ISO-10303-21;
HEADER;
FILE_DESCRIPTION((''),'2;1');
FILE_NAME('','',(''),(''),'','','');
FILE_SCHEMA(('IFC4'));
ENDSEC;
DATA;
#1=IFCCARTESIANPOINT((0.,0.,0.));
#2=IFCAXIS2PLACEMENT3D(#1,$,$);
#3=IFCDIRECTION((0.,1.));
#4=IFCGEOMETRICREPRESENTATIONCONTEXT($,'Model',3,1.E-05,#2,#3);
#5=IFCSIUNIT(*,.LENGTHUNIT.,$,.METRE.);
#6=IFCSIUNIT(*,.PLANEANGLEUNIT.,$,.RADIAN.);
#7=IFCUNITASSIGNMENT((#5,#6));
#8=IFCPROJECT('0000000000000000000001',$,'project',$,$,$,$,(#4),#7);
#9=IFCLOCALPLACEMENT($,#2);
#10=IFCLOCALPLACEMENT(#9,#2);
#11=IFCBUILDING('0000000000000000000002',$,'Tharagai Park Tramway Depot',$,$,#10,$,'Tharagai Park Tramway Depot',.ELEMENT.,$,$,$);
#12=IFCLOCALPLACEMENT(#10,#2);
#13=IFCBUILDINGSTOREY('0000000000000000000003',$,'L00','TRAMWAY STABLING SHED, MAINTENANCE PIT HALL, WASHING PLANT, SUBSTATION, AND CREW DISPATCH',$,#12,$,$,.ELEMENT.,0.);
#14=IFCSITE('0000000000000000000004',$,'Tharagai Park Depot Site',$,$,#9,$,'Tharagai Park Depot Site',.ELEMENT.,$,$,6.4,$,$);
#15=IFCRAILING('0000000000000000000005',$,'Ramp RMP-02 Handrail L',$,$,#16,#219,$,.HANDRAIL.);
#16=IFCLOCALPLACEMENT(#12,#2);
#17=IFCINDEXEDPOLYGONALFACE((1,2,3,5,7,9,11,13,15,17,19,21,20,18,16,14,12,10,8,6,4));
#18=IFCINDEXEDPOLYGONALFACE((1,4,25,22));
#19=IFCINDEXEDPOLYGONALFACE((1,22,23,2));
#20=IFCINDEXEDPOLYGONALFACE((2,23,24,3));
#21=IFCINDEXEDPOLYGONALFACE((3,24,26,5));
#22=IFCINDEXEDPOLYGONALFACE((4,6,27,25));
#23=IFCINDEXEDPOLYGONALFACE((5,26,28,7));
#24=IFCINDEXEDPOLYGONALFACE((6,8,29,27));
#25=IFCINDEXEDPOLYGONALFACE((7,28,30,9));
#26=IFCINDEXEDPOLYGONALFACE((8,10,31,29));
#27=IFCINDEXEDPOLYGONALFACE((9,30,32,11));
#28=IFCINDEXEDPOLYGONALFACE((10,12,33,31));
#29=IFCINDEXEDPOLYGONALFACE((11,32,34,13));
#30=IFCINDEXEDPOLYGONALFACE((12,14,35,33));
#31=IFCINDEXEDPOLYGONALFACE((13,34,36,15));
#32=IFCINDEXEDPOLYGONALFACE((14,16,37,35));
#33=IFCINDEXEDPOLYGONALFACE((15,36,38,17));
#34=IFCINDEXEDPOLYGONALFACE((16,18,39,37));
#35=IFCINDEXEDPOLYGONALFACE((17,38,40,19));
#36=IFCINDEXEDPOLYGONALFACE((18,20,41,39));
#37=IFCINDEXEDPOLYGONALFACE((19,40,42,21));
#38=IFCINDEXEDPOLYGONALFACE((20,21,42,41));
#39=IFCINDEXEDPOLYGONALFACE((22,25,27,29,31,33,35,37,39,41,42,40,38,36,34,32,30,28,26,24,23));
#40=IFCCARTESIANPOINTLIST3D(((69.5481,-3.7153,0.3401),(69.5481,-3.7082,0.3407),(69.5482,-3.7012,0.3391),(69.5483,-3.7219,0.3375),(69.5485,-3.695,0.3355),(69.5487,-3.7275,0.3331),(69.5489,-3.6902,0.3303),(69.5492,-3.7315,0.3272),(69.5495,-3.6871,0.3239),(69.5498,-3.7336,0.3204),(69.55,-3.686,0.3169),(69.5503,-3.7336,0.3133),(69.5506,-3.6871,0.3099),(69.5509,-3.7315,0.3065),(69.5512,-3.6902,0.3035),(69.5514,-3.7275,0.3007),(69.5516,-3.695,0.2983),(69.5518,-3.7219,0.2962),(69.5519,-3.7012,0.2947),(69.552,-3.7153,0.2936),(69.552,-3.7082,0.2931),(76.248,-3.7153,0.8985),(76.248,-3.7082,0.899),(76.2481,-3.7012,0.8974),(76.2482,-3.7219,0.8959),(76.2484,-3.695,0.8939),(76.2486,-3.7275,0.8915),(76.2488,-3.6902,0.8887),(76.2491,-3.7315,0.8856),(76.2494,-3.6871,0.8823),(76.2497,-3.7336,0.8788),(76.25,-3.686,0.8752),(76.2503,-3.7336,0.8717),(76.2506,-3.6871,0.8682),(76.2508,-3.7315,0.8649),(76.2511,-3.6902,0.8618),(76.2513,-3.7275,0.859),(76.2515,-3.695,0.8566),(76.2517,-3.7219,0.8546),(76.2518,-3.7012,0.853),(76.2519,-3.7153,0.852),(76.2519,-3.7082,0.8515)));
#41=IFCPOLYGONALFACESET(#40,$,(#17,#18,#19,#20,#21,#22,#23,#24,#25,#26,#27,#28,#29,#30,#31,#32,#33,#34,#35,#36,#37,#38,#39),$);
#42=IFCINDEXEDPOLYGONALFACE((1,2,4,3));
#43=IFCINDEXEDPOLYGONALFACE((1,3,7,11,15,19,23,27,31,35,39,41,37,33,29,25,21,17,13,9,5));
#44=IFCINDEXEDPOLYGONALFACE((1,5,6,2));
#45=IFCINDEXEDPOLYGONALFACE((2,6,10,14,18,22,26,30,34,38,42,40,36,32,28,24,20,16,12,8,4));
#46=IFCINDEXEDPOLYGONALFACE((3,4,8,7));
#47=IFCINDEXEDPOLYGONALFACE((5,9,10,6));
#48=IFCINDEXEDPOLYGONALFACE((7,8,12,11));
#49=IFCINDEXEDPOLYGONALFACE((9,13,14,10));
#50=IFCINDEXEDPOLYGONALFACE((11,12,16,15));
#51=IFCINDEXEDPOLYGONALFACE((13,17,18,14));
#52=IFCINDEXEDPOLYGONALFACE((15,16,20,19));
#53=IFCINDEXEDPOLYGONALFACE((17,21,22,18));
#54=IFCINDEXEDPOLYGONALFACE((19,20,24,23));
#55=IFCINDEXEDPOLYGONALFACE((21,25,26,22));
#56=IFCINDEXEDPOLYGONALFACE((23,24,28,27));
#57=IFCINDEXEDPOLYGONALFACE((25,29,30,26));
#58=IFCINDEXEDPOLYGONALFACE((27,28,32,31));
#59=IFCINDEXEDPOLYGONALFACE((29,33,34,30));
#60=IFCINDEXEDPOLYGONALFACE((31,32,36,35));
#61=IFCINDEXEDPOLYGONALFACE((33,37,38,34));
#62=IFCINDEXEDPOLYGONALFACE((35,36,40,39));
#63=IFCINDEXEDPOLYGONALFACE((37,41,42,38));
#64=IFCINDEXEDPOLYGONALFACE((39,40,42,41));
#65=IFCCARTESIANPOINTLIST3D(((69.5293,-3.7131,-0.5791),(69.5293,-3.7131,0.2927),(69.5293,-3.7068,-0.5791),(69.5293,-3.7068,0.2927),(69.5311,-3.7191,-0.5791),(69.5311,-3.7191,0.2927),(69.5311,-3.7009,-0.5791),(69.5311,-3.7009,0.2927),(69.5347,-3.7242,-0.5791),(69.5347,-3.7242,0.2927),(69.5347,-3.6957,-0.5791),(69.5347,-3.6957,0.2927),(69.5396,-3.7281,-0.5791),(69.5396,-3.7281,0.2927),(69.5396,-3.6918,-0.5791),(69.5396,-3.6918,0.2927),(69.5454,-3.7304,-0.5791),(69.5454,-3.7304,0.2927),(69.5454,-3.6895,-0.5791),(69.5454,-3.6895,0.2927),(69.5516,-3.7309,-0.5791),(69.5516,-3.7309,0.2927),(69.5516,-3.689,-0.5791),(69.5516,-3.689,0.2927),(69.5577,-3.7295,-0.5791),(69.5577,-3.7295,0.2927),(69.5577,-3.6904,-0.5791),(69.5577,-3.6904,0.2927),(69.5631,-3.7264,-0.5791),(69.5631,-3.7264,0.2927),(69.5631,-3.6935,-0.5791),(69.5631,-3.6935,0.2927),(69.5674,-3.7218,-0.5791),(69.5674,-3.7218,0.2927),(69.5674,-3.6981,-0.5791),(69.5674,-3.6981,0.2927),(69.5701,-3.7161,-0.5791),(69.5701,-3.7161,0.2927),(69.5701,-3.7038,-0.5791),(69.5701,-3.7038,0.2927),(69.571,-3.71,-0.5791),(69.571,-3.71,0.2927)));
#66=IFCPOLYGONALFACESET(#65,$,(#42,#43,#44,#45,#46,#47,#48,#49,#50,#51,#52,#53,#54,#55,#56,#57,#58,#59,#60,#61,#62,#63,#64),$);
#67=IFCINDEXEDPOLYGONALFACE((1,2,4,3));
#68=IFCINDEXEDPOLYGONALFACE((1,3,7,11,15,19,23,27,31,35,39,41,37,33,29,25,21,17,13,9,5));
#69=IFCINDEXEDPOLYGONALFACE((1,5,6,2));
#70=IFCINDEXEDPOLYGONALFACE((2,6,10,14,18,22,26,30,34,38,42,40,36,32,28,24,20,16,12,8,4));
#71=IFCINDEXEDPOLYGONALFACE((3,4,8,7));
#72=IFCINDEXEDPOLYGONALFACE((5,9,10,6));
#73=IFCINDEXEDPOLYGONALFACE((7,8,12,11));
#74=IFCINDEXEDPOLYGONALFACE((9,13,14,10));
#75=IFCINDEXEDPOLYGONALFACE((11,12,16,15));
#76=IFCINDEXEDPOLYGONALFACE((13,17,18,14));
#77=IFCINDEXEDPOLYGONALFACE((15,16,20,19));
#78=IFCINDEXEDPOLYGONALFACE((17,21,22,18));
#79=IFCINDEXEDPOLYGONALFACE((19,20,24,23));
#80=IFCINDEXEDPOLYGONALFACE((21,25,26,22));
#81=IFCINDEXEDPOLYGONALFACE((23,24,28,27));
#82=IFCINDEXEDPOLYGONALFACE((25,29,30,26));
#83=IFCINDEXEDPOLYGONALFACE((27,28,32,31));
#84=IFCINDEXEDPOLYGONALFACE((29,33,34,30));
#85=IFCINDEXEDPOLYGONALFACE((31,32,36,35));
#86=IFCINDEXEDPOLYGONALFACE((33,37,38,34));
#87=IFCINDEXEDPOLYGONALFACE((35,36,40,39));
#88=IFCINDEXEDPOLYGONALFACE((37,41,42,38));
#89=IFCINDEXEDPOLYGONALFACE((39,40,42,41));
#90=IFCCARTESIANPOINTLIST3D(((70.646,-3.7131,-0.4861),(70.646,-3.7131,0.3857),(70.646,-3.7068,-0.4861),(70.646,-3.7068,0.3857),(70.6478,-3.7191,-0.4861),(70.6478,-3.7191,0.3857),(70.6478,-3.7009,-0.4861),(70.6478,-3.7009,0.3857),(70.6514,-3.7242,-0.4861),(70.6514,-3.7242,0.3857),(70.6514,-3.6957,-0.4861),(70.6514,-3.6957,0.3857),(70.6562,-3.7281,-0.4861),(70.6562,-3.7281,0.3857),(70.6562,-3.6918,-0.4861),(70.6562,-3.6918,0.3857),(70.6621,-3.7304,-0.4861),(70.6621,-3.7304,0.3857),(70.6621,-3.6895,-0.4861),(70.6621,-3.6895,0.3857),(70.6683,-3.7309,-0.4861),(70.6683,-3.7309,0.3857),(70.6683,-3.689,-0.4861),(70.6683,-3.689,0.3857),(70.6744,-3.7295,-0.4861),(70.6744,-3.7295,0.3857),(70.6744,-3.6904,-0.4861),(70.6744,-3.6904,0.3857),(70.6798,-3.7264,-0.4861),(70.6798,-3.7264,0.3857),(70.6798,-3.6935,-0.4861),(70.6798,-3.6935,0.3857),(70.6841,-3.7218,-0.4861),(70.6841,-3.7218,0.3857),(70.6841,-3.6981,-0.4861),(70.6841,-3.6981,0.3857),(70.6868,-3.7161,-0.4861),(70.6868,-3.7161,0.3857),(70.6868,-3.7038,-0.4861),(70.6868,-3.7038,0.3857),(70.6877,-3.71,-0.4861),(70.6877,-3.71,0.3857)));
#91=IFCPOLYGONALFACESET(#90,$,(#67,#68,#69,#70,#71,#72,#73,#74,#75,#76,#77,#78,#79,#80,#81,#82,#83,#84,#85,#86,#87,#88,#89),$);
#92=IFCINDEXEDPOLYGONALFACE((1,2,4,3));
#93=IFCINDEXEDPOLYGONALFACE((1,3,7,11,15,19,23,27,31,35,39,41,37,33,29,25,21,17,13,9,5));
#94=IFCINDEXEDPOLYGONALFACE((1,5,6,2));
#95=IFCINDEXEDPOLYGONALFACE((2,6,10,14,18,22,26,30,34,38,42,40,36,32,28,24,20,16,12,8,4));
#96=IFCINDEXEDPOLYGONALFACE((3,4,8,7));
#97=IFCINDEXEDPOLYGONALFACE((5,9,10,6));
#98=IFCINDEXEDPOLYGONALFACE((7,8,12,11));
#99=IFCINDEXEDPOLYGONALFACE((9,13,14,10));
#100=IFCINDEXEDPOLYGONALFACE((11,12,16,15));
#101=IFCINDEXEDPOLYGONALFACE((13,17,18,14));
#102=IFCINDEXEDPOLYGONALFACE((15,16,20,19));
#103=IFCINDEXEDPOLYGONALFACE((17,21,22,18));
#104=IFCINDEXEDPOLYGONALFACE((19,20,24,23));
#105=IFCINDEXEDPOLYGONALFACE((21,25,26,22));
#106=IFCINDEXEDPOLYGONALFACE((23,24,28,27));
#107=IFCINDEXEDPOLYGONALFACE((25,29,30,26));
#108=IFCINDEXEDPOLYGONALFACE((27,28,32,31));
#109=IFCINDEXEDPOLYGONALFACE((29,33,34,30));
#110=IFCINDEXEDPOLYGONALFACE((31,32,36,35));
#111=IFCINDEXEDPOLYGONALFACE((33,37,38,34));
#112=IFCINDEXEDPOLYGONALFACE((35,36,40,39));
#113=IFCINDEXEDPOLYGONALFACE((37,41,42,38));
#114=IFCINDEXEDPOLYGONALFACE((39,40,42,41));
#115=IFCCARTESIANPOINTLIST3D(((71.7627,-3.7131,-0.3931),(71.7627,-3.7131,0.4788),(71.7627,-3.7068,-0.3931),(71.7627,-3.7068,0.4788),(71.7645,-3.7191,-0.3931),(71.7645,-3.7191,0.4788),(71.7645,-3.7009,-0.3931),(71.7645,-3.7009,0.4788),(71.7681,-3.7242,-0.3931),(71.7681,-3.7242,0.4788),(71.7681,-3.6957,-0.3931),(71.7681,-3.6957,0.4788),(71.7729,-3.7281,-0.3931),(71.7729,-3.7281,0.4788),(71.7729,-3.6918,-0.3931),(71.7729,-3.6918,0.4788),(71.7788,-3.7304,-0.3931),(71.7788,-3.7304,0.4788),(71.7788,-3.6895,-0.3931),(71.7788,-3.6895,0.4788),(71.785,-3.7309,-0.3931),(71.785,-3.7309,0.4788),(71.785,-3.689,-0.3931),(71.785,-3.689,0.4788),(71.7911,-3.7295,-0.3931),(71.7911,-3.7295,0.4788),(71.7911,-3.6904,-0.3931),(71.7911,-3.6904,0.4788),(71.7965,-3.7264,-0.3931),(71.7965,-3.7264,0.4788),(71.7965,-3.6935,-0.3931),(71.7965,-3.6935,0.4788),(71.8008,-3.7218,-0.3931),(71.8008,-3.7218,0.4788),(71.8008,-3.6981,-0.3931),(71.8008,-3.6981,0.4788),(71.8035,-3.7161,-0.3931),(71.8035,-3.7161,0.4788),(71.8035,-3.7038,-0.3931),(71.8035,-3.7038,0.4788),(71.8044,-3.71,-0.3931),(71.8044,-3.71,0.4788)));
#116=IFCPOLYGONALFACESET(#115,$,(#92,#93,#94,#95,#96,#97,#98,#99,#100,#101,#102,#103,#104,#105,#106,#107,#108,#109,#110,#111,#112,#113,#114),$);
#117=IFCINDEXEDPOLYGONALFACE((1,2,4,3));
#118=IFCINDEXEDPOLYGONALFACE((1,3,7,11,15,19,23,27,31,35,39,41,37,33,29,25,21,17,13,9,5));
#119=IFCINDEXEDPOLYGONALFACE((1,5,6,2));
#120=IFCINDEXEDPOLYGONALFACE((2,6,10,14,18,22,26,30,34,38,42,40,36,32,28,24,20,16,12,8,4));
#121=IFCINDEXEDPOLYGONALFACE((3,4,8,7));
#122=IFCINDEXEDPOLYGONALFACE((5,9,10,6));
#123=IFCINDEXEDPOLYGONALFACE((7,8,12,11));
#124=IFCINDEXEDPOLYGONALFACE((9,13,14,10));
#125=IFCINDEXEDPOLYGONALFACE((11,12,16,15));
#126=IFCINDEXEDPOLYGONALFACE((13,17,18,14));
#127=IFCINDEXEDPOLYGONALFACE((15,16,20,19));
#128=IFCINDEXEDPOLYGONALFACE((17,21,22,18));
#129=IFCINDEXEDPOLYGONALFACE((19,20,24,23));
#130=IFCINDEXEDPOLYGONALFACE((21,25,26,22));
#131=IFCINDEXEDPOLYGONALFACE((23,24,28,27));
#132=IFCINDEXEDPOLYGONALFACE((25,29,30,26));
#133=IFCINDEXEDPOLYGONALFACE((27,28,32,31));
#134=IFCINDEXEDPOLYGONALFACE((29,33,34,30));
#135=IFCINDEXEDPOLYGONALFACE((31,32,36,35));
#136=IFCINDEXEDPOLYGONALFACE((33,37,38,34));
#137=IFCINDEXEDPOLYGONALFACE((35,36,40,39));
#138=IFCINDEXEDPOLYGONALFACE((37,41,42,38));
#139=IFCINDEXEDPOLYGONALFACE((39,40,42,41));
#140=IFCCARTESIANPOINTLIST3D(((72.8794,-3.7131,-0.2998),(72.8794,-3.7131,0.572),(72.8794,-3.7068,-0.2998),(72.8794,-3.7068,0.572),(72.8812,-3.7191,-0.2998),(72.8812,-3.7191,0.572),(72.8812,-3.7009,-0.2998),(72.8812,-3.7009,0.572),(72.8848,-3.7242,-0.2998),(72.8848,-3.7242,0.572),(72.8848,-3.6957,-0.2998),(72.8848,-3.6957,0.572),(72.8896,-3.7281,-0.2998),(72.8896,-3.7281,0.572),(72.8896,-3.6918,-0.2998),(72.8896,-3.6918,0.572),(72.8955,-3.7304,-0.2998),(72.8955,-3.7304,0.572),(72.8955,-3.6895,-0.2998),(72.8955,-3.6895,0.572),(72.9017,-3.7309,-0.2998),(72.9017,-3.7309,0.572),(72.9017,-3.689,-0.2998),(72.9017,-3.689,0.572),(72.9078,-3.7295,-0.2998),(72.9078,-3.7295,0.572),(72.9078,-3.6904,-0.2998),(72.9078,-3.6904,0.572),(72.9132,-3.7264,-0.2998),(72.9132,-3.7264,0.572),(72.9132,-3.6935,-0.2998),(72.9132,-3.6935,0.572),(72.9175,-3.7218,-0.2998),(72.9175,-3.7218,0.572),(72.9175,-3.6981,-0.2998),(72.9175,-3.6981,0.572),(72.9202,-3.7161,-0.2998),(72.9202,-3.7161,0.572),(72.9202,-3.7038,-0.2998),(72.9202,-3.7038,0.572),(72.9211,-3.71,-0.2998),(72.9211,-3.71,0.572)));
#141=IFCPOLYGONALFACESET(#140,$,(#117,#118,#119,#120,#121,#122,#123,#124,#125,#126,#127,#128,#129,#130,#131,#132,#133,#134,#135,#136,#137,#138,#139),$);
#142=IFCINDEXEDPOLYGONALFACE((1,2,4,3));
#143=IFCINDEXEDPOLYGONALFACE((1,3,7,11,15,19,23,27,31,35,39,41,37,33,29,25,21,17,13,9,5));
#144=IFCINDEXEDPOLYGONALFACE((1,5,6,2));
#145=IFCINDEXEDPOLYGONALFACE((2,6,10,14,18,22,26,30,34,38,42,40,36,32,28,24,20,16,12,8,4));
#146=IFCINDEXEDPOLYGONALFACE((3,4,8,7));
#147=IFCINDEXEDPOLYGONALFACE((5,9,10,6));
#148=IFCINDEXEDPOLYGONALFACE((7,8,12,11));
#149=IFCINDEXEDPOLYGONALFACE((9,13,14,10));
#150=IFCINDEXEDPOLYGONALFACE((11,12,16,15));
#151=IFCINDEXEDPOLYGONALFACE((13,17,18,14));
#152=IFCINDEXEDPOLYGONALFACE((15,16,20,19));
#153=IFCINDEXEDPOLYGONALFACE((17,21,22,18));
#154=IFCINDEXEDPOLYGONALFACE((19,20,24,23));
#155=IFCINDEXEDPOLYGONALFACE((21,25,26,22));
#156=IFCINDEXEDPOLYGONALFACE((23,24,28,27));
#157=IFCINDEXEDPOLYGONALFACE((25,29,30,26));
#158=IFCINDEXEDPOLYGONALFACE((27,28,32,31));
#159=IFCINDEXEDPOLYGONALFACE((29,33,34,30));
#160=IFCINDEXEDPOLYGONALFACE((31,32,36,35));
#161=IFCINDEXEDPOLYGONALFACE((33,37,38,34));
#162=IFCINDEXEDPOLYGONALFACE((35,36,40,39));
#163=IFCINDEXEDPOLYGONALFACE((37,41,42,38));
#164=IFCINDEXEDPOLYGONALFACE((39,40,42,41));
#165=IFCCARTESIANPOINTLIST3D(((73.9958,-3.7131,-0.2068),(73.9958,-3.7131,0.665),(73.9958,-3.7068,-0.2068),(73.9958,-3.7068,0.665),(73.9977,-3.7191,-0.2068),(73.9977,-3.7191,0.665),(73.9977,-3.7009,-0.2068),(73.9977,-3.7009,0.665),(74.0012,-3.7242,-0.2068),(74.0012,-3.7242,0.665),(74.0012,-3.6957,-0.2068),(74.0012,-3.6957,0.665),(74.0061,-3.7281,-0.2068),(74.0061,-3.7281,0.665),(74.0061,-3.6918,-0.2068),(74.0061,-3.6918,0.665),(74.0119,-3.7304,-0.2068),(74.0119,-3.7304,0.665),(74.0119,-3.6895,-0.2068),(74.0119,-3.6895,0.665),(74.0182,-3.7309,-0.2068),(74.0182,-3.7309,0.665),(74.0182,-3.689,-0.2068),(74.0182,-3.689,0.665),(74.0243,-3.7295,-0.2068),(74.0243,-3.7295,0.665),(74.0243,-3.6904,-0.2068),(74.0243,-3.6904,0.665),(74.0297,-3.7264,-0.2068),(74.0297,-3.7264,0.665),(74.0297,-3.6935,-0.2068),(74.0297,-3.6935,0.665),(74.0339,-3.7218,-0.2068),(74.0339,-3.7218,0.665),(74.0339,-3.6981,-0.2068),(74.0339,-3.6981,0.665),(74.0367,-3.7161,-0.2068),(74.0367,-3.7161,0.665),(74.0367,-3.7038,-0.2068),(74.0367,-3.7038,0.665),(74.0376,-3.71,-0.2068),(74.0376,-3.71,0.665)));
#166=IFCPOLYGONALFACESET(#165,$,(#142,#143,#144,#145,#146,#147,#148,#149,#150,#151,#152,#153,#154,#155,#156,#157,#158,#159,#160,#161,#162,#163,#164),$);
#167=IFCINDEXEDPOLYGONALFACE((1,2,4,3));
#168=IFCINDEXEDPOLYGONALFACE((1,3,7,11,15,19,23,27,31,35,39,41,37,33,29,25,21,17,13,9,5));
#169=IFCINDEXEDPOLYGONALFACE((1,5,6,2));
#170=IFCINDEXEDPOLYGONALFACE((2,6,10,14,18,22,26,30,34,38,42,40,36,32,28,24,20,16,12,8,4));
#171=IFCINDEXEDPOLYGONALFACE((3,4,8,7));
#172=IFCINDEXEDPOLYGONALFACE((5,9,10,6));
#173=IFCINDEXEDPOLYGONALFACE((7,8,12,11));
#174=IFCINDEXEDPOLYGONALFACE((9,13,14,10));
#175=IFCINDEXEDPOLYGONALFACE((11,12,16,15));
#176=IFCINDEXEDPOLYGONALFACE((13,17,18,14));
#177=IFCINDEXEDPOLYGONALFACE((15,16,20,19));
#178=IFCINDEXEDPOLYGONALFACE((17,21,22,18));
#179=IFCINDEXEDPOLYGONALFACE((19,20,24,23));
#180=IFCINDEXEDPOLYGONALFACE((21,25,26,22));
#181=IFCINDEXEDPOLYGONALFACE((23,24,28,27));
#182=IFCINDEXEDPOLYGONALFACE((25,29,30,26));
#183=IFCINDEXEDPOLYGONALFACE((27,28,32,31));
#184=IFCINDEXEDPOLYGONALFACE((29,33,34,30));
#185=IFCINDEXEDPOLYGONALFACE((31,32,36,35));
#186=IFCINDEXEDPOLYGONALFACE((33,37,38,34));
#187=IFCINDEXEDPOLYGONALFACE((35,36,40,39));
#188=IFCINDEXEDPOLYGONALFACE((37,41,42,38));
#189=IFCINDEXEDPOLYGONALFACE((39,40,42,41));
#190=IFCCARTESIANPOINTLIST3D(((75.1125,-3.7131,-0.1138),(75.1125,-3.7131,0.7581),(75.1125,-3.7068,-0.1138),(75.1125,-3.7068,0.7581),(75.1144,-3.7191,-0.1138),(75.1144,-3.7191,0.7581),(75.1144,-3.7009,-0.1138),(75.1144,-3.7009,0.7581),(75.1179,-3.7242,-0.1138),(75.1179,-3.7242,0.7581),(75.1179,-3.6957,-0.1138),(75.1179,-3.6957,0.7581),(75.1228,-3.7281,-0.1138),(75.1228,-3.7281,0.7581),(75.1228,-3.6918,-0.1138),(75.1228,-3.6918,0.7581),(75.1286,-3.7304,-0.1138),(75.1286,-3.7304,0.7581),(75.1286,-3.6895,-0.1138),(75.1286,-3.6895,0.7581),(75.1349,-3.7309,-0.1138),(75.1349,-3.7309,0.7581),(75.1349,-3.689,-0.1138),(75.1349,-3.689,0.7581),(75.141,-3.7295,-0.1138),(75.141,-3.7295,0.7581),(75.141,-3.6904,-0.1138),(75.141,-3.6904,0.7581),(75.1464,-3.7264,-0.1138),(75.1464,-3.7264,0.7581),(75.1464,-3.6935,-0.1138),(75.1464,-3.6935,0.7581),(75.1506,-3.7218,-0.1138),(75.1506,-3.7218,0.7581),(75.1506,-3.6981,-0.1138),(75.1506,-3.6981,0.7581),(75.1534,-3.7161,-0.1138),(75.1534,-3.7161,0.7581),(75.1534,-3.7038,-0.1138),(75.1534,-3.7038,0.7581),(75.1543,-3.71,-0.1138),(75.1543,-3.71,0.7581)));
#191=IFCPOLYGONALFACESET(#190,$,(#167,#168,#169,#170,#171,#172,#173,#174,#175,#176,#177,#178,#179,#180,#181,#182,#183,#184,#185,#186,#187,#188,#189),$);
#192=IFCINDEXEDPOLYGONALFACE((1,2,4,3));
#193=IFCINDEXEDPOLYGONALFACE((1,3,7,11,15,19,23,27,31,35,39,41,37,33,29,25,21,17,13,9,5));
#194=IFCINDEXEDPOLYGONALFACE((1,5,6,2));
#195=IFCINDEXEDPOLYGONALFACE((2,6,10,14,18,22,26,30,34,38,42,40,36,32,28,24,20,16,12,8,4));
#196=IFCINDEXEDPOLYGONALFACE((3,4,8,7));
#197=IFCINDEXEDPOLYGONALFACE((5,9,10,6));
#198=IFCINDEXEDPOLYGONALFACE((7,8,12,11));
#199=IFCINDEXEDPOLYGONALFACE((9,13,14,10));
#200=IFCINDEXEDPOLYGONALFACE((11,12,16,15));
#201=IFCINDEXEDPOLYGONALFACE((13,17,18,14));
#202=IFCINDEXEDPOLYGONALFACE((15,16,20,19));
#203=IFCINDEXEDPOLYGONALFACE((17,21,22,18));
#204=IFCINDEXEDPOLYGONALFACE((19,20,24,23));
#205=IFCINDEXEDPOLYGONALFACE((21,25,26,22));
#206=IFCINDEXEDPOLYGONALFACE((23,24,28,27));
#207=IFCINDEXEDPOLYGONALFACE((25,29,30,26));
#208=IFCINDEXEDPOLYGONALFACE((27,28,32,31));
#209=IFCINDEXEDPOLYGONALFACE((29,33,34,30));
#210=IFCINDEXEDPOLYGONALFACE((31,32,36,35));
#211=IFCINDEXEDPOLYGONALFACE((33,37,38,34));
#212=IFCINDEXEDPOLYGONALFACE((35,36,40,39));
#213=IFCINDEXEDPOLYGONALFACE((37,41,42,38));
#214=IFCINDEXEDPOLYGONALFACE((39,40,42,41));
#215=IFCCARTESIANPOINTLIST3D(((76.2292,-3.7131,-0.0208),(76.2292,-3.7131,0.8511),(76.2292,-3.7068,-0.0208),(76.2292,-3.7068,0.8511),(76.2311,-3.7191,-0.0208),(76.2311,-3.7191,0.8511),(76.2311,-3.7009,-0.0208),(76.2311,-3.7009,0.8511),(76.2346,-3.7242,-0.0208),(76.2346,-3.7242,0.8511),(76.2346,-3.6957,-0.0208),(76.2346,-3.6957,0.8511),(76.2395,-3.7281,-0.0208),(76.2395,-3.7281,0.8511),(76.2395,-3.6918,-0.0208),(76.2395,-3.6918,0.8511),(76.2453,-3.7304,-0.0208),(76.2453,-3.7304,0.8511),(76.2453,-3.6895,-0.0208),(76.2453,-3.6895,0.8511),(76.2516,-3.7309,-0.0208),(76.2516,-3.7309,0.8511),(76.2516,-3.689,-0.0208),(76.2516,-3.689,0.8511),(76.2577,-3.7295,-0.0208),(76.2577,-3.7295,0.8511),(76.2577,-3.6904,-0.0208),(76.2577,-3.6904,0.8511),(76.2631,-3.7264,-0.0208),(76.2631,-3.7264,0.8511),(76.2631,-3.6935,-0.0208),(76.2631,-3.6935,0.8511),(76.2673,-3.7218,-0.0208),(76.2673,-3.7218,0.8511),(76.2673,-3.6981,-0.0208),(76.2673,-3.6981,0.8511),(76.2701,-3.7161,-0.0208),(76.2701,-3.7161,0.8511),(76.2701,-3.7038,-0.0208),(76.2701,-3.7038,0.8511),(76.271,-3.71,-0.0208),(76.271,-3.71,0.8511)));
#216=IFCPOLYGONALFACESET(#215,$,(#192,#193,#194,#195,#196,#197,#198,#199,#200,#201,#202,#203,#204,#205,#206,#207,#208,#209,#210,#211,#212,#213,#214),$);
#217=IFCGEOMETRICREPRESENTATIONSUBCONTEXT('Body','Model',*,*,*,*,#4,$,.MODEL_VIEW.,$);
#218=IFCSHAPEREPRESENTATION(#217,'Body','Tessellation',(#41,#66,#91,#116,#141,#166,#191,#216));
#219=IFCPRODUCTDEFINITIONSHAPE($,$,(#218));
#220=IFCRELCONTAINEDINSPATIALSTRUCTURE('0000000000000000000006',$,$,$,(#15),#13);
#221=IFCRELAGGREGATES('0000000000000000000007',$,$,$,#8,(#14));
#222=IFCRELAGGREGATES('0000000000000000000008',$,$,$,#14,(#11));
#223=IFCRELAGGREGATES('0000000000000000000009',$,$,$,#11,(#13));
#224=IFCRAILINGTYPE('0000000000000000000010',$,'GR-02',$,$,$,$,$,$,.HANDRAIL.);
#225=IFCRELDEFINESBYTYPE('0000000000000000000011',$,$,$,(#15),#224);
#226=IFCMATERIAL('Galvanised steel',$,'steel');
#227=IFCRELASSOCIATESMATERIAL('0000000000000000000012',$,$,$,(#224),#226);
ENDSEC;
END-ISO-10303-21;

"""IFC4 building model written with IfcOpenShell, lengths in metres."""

from ifc_helpers import new_model, si_unit, direction, frame, origin, origin_2d, place, context, subcontext, project, spatial, circle, extrude, material, type_object, element, save


model = new_model("IFC4")

# Units and contexts
model_context = context("Model", 3, precision=1e-05, world=origin(), true_north=direction((0.0, 1.0)))
body_context = subcontext(model_context, "Body", "Model", "MODEL_VIEW")
ifc_project = project(units=[si_unit("LENGTHUNIT", "METRE"), si_unit("PLANEANGLEUNIT", "RADIAN")], contexts=[model_context])

# Site, building, storey
site_placement = place(None, origin())
site = spatial("IfcSite", under=ifc_project, at=site_placement, Name="Tharagai Park Depot Site", LongName="Tharagai Park Depot Site", CompositionType="ELEMENT", RefElevation=6.4)
building_placement = place(site_placement, origin())
building = spatial("IfcBuilding", under=site, at=building_placement, Name="Tharagai Park Tramway Depot", LongName="Tharagai Park Tramway Depot", CompositionType="ELEMENT")
storey_placement = place(building_placement, origin())
storey = spatial("IfcBuildingStorey", under=building, at=storey_placement, Name="L00", Description="TRAMWAY STABLING SHED, MAINTENANCE PIT HALL, WASHING PLANT, SUBSTATION, AND CREW DISPATCH", CompositionType="ELEMENT", Elevation=0.0)

# Railing
ifc_material_1 = material(Name="Galvanised steel", Category="steel")
railing_type_1 = type_object("IfcRailingType", Name="GR-02", PredefinedType="HANDRAIL", material=ifc_material_1)
for number, where, name in (
    (1, (69.55, -3.71, -0.5791), "Ramp RMP-02 Handrail L"),
):
    element("IfcRailing", number, at=place(storey_placement, frame(where)), inside=storey, type_object=railing_type_1, Name=name, PredefinedType="HANDRAIL", context=body_context, shape_type="SweptSolid", body=[
        extrude(circle(Radius=0.0239, at=origin_2d()), frame((0.0, 0.0, 0.896), z_axis=(0.996546, 0.0, 0.083048), x_axis=(0.0, 1.0, 0.0)), (0.0, 0.0, 1.0), 6.7231),
        extrude(circle(Radius=0.021, at=origin_2d()), origin(), (0.0, 0.0, 1.0), 0.8718),
        extrude(circle(Radius=0.021, at=origin_2d()), frame((1.1167, 0.0, 0.093)), (0.0, 0.0, 1.0), 0.8718),
        extrude(circle(Radius=0.021, at=origin_2d()), frame((2.2334, 0.0, 0.186)), (0.0, 0.0, 1.0), 0.8718),
        extrude(circle(Radius=0.021, at=origin_2d()), frame((3.3501, 0.0, 0.2793)), (0.0, 0.0, 1.0), 0.8718),
        extrude(circle(Radius=0.021, at=origin_2d()), frame((4.4666, 0.0, 0.3723)), (0.0, 0.0, 1.0), 0.8718),
        extrude(circle(Radius=0.021, at=origin_2d()), frame((5.5833, 0.0, 0.4653)), (0.0, 0.0, 1.0), 0.8718),
        extrude(circle(Radius=0.021, at=origin_2d()), frame((6.7, 0.0, 0.5583)), (0.0, 0.0, 1.0), 0.8718),
    ])

save(model, "model.ifc")
